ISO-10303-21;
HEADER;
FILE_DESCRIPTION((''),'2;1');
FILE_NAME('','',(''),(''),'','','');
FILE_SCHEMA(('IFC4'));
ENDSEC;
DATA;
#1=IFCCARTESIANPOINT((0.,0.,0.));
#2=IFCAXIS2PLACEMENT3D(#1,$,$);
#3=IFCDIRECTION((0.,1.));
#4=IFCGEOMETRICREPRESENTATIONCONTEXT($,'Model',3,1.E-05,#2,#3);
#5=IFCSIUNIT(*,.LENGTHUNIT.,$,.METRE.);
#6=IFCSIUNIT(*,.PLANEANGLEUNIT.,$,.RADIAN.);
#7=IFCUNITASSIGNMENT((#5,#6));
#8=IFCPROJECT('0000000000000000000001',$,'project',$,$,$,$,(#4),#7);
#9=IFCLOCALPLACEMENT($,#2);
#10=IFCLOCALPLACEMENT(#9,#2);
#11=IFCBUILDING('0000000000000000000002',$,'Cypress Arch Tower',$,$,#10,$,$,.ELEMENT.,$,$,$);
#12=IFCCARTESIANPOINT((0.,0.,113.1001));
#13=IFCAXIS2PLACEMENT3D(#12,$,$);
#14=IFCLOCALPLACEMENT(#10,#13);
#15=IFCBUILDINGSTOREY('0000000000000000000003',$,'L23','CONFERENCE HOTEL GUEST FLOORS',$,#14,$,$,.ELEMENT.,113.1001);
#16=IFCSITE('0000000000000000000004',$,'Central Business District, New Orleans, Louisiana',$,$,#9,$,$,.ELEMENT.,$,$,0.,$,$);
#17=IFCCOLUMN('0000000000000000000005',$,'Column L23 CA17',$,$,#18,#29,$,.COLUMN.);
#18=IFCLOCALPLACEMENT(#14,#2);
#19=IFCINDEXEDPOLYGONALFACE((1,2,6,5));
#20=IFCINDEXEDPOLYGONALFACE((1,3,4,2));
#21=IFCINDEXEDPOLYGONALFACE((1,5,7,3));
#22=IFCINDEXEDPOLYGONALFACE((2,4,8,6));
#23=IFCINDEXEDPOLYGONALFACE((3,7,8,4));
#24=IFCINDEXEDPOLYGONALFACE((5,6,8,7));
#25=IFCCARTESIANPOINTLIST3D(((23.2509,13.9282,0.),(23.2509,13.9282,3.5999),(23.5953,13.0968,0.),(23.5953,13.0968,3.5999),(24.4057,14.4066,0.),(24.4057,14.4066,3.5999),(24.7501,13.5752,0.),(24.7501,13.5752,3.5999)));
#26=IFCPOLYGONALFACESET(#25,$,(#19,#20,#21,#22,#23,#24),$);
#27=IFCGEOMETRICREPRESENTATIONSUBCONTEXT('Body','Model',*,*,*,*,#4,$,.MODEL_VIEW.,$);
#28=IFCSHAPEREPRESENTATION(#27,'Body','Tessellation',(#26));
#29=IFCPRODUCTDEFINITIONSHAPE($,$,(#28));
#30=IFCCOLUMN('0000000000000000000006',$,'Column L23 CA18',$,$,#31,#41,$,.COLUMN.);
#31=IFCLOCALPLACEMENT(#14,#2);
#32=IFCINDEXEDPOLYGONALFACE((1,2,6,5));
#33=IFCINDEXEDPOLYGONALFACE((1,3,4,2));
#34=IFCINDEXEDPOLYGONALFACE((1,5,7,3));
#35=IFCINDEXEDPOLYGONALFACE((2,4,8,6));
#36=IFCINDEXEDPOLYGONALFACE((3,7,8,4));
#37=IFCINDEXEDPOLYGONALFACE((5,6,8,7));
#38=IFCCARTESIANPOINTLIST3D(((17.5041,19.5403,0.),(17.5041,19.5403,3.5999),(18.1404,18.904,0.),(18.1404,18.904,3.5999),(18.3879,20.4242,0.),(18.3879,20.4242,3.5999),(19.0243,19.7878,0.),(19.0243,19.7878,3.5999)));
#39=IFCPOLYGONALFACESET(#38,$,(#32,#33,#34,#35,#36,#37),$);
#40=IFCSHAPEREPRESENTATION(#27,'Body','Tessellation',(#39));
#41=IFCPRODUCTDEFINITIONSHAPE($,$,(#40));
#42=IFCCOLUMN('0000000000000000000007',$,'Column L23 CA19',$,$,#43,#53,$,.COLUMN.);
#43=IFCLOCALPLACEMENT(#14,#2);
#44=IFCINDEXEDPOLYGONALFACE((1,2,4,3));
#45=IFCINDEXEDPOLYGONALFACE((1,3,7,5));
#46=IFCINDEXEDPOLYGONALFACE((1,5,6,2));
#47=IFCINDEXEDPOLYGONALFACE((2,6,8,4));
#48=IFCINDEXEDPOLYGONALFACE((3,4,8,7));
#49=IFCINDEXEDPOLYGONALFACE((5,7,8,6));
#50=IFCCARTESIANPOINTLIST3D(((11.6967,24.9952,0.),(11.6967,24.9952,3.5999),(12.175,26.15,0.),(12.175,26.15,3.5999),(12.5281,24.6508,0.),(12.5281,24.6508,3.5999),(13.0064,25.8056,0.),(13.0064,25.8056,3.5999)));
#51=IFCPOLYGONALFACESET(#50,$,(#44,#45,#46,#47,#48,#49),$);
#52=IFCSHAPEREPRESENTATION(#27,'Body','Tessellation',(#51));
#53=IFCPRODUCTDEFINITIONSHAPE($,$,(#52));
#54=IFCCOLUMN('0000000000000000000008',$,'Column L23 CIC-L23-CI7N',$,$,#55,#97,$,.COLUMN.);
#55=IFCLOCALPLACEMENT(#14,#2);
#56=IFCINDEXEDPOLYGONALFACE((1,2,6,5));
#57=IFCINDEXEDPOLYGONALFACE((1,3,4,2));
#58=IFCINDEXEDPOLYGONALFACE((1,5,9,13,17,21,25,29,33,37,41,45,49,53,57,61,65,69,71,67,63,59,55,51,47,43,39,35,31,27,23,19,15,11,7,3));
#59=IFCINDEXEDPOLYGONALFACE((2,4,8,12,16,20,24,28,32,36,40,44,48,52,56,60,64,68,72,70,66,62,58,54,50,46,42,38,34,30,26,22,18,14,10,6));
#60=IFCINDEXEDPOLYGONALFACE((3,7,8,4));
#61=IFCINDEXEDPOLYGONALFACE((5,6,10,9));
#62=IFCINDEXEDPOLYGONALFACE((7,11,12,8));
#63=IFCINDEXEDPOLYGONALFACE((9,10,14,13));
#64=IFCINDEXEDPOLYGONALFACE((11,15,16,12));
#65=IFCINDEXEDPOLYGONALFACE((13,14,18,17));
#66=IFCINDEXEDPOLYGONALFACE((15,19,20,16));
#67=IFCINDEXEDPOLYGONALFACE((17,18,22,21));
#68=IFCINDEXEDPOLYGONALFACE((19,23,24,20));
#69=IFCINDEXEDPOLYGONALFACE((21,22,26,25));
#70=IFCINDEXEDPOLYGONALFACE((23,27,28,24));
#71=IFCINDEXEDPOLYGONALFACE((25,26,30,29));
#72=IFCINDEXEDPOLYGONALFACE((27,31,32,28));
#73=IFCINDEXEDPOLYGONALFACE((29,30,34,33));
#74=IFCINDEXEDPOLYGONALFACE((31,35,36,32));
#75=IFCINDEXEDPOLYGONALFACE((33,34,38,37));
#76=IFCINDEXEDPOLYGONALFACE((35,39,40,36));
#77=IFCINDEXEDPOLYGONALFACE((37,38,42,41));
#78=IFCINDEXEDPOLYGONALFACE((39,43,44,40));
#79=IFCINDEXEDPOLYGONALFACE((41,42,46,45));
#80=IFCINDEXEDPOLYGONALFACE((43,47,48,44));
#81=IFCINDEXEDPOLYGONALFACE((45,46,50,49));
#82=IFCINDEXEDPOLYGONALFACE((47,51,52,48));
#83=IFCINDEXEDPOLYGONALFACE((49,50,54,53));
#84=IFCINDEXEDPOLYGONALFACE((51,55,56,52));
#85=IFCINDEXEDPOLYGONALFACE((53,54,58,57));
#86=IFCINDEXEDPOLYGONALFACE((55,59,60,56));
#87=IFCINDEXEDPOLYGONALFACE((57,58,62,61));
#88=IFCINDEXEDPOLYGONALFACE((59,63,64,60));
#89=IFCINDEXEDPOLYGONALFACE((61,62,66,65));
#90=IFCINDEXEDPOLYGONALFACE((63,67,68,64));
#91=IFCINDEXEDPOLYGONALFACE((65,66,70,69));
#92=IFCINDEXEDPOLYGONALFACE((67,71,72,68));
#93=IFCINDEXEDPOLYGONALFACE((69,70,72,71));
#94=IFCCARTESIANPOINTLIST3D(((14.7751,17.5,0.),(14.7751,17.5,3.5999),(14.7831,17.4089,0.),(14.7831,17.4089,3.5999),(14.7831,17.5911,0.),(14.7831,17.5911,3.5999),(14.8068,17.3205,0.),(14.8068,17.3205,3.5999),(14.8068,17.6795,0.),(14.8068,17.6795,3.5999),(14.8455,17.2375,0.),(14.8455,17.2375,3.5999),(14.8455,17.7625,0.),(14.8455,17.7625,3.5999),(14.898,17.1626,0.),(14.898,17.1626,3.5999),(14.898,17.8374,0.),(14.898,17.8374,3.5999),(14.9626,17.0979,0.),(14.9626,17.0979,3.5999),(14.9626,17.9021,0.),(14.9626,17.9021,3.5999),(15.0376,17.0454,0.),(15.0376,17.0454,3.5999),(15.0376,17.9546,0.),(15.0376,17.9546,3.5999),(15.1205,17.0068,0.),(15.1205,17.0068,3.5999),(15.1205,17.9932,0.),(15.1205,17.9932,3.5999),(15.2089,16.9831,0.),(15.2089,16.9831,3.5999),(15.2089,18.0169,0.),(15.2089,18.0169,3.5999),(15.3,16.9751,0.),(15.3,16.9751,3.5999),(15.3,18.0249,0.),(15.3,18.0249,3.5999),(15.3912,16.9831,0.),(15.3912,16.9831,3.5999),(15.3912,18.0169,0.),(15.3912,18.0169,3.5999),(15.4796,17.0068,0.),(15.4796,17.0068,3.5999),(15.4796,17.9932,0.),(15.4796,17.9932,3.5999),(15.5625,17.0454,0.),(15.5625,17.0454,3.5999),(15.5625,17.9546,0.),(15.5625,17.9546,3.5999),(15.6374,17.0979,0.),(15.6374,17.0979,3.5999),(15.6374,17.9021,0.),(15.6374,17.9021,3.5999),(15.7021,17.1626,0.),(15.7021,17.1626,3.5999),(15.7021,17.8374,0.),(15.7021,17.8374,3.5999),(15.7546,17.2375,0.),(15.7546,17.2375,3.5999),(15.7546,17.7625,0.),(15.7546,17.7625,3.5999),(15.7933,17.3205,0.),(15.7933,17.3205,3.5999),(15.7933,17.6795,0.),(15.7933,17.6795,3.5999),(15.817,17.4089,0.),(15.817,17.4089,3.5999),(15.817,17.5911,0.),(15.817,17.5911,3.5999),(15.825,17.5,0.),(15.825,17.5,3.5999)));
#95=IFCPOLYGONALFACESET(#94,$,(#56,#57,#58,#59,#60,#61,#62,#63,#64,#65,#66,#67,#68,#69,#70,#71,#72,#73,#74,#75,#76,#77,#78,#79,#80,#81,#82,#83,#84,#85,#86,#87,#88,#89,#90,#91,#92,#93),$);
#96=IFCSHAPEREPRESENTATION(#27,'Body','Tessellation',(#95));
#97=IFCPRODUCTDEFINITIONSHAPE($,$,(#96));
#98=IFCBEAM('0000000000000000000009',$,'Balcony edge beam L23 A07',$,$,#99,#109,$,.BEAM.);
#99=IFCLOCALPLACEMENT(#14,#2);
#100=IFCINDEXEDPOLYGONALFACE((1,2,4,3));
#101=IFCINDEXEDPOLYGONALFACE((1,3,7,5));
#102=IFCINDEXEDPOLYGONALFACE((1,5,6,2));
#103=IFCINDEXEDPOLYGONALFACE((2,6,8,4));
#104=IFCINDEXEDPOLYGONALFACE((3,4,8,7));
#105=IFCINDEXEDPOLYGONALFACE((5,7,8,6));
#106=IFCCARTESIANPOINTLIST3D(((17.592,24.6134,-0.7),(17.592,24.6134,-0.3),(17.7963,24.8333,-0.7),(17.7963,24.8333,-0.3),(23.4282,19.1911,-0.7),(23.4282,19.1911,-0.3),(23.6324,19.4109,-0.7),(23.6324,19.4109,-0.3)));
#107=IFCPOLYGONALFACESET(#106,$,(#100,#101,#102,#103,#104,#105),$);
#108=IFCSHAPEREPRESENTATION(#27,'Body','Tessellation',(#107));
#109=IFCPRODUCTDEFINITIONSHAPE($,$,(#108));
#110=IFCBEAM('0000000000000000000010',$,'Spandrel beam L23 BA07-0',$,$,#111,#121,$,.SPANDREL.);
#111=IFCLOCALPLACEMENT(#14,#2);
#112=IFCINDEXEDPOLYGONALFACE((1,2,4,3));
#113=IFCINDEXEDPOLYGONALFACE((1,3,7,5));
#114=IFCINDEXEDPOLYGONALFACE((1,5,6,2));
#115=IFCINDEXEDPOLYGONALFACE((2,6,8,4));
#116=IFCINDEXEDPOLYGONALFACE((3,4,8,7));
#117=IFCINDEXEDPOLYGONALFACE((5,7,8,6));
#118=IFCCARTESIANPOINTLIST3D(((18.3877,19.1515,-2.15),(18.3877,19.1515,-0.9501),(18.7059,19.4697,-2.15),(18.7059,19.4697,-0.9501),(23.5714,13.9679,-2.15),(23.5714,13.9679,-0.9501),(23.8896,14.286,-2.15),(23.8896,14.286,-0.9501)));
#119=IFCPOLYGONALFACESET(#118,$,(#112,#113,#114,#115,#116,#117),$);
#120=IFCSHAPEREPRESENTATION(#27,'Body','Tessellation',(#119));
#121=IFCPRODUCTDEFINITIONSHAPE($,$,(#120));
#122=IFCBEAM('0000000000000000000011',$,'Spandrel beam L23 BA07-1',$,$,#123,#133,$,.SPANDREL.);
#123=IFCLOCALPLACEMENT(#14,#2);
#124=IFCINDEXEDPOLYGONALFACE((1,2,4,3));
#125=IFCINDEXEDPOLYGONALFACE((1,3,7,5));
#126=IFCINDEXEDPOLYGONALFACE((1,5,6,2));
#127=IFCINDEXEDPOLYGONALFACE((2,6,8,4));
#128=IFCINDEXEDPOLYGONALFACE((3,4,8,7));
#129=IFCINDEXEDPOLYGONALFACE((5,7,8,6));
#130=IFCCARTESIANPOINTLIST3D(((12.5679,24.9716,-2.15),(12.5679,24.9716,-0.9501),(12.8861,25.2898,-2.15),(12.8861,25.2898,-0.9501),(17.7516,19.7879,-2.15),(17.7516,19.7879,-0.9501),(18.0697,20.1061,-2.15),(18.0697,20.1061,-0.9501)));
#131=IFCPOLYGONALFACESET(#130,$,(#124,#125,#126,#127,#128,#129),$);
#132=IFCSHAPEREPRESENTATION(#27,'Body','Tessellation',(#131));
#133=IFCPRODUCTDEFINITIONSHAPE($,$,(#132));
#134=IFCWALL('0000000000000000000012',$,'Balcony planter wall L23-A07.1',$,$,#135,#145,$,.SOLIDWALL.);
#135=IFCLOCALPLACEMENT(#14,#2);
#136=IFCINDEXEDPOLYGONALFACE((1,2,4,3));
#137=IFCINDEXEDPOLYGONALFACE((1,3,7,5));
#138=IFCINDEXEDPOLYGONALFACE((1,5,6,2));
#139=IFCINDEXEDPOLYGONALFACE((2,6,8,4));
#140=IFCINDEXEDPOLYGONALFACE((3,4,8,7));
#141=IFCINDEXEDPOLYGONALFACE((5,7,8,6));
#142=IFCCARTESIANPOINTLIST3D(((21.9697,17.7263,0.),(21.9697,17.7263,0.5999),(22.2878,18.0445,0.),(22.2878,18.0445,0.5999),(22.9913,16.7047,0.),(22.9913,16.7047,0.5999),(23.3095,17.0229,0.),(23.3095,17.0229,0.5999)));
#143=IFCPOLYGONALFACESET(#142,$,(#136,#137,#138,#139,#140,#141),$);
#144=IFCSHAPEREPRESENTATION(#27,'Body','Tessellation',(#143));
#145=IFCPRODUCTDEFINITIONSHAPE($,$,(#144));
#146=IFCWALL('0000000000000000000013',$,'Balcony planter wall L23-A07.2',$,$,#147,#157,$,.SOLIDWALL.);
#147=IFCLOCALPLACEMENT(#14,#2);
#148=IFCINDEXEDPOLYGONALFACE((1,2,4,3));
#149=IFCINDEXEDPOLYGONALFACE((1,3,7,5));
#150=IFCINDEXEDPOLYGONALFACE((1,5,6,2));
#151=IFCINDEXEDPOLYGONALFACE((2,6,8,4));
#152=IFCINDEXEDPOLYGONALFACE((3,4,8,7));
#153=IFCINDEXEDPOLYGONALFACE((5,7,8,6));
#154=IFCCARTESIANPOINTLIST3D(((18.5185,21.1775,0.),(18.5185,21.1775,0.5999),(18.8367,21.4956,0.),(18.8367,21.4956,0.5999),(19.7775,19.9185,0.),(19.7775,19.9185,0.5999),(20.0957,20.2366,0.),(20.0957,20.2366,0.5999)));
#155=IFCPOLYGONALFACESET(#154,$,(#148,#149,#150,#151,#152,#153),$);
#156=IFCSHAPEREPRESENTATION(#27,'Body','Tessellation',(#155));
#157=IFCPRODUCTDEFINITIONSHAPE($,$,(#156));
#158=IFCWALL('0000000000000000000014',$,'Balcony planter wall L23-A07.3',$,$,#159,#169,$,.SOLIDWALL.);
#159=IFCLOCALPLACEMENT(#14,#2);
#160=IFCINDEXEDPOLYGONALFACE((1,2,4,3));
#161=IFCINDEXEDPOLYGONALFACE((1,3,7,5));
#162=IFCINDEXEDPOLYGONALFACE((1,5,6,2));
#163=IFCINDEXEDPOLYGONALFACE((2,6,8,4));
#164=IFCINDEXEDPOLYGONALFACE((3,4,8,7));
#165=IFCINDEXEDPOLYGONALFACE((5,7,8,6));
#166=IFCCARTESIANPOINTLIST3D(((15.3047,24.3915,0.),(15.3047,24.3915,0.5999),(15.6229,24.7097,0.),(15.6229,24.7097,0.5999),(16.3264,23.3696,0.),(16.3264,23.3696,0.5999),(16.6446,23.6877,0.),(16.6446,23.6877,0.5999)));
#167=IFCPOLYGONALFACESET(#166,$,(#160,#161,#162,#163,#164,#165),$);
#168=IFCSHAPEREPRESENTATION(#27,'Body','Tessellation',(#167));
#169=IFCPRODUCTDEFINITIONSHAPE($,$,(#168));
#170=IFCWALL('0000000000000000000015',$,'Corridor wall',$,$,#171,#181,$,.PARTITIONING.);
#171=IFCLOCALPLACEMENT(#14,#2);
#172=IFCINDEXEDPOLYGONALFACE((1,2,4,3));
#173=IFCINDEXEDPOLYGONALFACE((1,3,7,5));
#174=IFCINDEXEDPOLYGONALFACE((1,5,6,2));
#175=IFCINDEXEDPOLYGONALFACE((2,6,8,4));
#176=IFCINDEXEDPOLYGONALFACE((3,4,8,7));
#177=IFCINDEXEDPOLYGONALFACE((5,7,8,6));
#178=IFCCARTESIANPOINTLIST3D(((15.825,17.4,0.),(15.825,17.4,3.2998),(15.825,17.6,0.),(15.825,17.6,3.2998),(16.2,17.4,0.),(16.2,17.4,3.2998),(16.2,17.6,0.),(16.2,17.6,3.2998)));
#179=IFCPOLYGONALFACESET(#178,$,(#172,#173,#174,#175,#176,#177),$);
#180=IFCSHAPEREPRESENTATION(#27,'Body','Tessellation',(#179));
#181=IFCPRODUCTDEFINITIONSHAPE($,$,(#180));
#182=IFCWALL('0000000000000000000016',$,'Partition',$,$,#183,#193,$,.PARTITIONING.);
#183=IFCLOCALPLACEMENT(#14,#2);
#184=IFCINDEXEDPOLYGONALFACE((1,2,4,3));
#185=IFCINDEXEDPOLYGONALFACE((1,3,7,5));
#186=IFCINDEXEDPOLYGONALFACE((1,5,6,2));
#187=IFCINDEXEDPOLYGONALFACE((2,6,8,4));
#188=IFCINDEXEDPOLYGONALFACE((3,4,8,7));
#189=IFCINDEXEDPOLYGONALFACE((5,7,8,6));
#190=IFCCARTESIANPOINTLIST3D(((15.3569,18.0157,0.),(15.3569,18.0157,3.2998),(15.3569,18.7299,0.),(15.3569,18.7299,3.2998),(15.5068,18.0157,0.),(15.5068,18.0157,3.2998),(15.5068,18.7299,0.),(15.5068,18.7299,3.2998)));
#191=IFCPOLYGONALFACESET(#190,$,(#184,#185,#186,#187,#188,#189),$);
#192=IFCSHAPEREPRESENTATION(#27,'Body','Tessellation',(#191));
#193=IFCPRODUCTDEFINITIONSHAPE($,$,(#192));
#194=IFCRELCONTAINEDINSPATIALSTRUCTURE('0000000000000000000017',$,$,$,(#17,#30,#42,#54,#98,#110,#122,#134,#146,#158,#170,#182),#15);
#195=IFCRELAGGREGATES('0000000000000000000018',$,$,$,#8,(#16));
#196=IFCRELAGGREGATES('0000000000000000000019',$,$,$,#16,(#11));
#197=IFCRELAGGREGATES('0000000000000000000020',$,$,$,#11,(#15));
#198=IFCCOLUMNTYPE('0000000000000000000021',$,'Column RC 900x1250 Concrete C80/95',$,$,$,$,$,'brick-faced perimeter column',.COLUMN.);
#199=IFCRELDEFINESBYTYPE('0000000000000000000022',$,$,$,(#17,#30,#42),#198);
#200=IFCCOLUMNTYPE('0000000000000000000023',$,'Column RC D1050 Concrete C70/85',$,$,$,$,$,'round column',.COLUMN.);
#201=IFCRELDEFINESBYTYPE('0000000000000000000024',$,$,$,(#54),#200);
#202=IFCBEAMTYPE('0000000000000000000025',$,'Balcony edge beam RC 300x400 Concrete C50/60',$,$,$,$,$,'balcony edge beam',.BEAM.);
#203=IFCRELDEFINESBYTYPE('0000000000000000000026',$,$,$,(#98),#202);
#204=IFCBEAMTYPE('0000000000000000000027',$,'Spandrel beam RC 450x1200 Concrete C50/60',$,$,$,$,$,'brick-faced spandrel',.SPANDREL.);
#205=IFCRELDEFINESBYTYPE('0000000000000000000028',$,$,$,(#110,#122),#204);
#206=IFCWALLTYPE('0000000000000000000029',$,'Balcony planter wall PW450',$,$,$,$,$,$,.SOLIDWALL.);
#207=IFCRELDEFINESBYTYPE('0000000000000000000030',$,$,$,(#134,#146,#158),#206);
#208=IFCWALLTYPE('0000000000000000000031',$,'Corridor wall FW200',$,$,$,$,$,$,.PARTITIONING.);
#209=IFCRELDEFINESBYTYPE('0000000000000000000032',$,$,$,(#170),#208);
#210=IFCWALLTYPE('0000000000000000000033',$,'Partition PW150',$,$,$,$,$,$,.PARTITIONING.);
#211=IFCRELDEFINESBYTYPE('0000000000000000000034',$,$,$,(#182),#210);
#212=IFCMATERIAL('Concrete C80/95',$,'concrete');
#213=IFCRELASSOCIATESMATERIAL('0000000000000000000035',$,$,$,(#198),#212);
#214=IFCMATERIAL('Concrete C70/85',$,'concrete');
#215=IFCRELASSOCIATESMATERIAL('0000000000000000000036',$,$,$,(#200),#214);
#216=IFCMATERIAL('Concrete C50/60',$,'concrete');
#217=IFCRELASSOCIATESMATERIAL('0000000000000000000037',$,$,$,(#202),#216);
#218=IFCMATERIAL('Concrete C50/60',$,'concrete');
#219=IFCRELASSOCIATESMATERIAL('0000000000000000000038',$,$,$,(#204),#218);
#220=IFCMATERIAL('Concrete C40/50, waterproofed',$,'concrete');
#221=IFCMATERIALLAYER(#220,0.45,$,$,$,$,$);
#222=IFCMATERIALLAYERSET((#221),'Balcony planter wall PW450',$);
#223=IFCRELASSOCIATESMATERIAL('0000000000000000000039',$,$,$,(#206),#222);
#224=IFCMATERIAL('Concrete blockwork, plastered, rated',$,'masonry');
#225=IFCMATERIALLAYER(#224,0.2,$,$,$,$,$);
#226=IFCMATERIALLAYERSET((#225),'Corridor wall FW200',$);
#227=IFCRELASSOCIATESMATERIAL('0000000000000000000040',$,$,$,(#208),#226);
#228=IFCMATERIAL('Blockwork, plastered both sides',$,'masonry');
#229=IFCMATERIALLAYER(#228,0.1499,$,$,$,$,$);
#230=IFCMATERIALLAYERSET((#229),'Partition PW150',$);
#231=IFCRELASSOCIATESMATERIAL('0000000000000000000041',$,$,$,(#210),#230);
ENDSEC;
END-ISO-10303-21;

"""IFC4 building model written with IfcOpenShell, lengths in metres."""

from ifc_helpers import new_model, si_unit, direction, frame, frame_2d, origin, origin_2d, place, context, subcontext, project, spatial, rectangle, circle, extrude, material, layer, layer_set, material_profile, profile_set, type_object, element, save


model = new_model("IFC4")

# Units and contexts
model_context = context("Model", 3, precision=1e-05, world=origin(), true_north=direction((0.0, 1.0)))
body_context = subcontext(model_context, "Body", "Model", "MODEL_VIEW")
ifc_project = project(units=[si_unit("LENGTHUNIT", "METRE"), si_unit("PLANEANGLEUNIT", "RADIAN")], contexts=[model_context])

# Site, building, storey
site_placement = place(None, origin())
site = spatial("IfcSite", under=ifc_project, at=site_placement, Name="Central Business District, New Orleans, Louisiana", CompositionType="ELEMENT", RefElevation=0.0)
building_placement = place(site_placement, origin())
building = spatial("IfcBuilding", under=site, at=building_placement, Name="Cypress Arch Tower", CompositionType="ELEMENT")
storey_placement = place(building_placement, frame((0.0, 0.0, 113.1001)))
storey = spatial("IfcBuildingStorey", under=building, at=storey_placement, Name="L23", Description="CONFERENCE HOTEL GUEST FLOORS", CompositionType="ELEMENT", Elevation=113.1001)

# Columns
ifc_material_1 = material(Name="Concrete C80/95", Category="concrete")
ifc_material_profile_1 = material_profile(ifc_material_1, rectangle(XDim=0.8999, YDim=1.25, at=origin_2d()), Name="RC 900x1250")
ifc_profile_set_1 = profile_set([ifc_material_profile_1], Name="Concrete C80/95")
column_type_1 = type_object("IfcColumnType", Name="Column RC 900x1250 Concrete C80/95", ElementType="brick-faced perimeter column", PredefinedType="COLUMN", material=ifc_profile_set_1)
for number, where, z_axis, x_axis, name in (
    (1, (24.0005, 13.7517, 0.0), (0.0, 0.0, 1.0), (-0.382683, 0.92388, 0.0), "Column L23 CA17"),
    (2, (18.2642, 19.6641, 0.0), (0.0, 0.0, 1.0), (-0.707107, 0.707107, 0.0), "Column L23 CA18"),
    (3, (12.3516, 25.4004, 0.0), (0.0, 0.0, 1.0), (-0.92388, 0.382683, 0.0), "Column L23 CA19"),
):
    element("IfcColumn", number, at=place(storey_placement, frame(where, z_axis=z_axis, x_axis=x_axis)), inside=storey, type_object=column_type_1, Name=name, PredefinedType="COLUMN", context=body_context, shape_type="SweptSolid", body=[
        extrude(rectangle(XDim=0.8999, YDim=1.25, at=origin_2d()), origin(), (0.0, 0.0, 1.0), 3.5999),
    ])
ifc_material_2 = material(Name="Concrete C70/85", Category="concrete")
ifc_material_profile_2 = material_profile(ifc_material_2, circle(Radius=0.5249, at=origin_2d()), Name="RC D1050")
ifc_profile_set_2 = profile_set([ifc_material_profile_2], Name="Concrete C70/85")
column_type_2 = type_object("IfcColumnType", Name="Column RC D1050 Concrete C70/85", ElementType="round column", PredefinedType="COLUMN", material=ifc_profile_set_2)
column_placement = place(storey_placement, frame((15.3, 17.5, 0.0), z_axis=(0.0, 0.0, 1.0), x_axis=(1.0, 0.0, 0.0)))
element("IfcColumn", 4, at=column_placement, inside=storey, type_object=column_type_2, Name="Column L23 CIC-L23-CI7N", PredefinedType="COLUMN", context=body_context, shape_type="SweptSolid", body=[
    extrude(circle(Radius=0.5249, at=origin_2d()), origin(), (0.0, 0.0, 1.0), 3.5999),
])

# Beams
ifc_material_3 = material(Name="Concrete C50/60", Category="concrete")
ifc_material_profile_3 = material_profile(ifc_material_3, rectangle(XDim=0.3, YDim=0.3999, at=origin_2d()), Name="RC 300x400")
ifc_profile_set_3 = profile_set([ifc_material_profile_3], Name="Concrete C50/60")
beam_type_1 = type_object("IfcBeamType", Name="Balcony edge beam RC 300x400 Concrete C50/60", ElementType="balcony edge beam", PredefinedType="BEAM", material=ifc_profile_set_3)
beam_placement = place(storey_placement, frame((23.5303, 19.301, -0.5), z_axis=(-0.732602, 0.680657, 0.0), x_axis=(-0.680657, -0.732602, 0.0)))
element("IfcBeam", 5, at=beam_placement, inside=storey, type_object=beam_type_1, Name="Balcony edge beam L23 A07", PredefinedType="BEAM", context=body_context, shape_type="SweptSolid", body=[
    extrude(rectangle(XDim=0.3, YDim=0.3999, at=origin_2d()), origin(), (0.0, 0.0, 1.0), 7.9663),
])
ifc_material_4 = material(Name="Concrete C50/60", Category="concrete")
ifc_material_profile_4 = material_profile(ifc_material_4, rectangle(XDim=0.45, YDim=1.2, at=origin_2d()), Name="RC 450x1200")
ifc_profile_set_4 = profile_set([ifc_material_profile_4], Name="Concrete C50/60")
beam_type_2 = type_object("IfcBeamType", Name="Spandrel beam RC 450x1200 Concrete C50/60", ElementType="brick-faced spandrel", PredefinedType="SPANDREL", material=ifc_profile_set_4)
for number, where, z_axis, x_axis, name in (
    (6, (23.7305, 14.127, -1.55), (-0.707107, 0.707107, 0.0), (-0.707107, -0.707107, 0.0), "Spandrel beam L23 BA07-0"),
    (7, (17.9106, 19.947, -1.55), (-0.707107, 0.707107, 0.0), (-0.707107, -0.707107, 0.0), "Spandrel beam L23 BA07-1"),
):
    element("IfcBeam", number, at=place(storey_placement, frame(where, z_axis=z_axis, x_axis=x_axis)), inside=storey, type_object=beam_type_2, Name=name, PredefinedType="SPANDREL", context=body_context, shape_type="SweptSolid", body=[
        extrude(rectangle(XDim=0.45, YDim=1.2, at=origin_2d()), origin(), (0.0, 0.0, 1.0), 7.3308),
    ])

# Walls
ifc_material_5 = material(Name="Concrete C40/50, waterproofed", Category="concrete")
ifc_layer_1 = layer(ifc_material_5, 0.45)
ifc_layer_set_1 = layer_set([ifc_layer_1], Name="Balcony planter wall PW450")
wall_type_1 = type_object("IfcWallType", Name="Balcony planter wall PW450", PredefinedType="SOLIDWALL", material=ifc_layer_set_1)
wall_1_placement = place(storey_placement, frame((23.1504, 16.8638, 0.0), z_axis=(0.0, 0.0, 1.0), x_axis=(-0.707107, 0.707107, 0.0)))
element("IfcWall", 8, at=wall_1_placement, inside=storey, type_object=wall_type_1, Name="Balcony planter wall L23-A07.1", PredefinedType="SOLIDWALL", context=body_context, shape_type="SweptSolid", body=[
    extrude(rectangle(XDim=1.4448, YDim=0.45, at=frame_2d((0.7224, 0.0))), origin(), (0.0, 0.0, 1.0), 0.5999),
])
wall_2_placement = place(storey_placement, frame((19.9365, 20.0776, 0.0), z_axis=(0.0, 0.0, 1.0), x_axis=(-0.707107, 0.707107, 0.0)))
element("IfcWall", 9, at=wall_2_placement, inside=storey, type_object=wall_type_1, Name="Balcony planter wall L23-A07.2", PredefinedType="SOLIDWALL", context=body_context, shape_type="SweptSolid", body=[
    extrude(rectangle(XDim=1.7805, YDim=0.45, at=frame_2d((0.8901, 0.0))), origin(), (0.0, 0.0, 1.0), 0.5999),
])
wall_3_placement = place(storey_placement, frame((16.4856, 23.5286, 0.0), z_axis=(0.0, 0.0, 1.0), x_axis=(-0.707022, 0.707191, 0.0)))
element("IfcWall", 10, at=wall_3_placement, inside=storey, type_object=wall_type_1, Name="Balcony planter wall L23-A07.3", PredefinedType="SOLIDWALL", context=body_context, shape_type="SweptSolid", body=[
    extrude(rectangle(XDim=1.4451, YDim=0.45, at=frame_2d((0.7227, 0.0))), origin(), (0.0, 0.0, 1.0), 0.5999),
])

# Walls
ifc_material_6 = material(Name="Concrete blockwork, plastered, rated", Category="masonry")
ifc_layer_2 = layer(ifc_material_6, 0.2)
ifc_layer_set_2 = layer_set([ifc_layer_2], Name="Corridor wall FW200")
wall_type_2 = type_object("IfcWallType", Name="Corridor wall FW200", PredefinedType="PARTITIONING", material=ifc_layer_set_2)
wall_4_placement = place(storey_placement, frame((15.825, 17.5, 0.0), z_axis=(0.0, 0.0, 1.0), x_axis=(1.0, 0.0, 0.0)))
element("IfcWall", 11, at=wall_4_placement, inside=storey, type_object=wall_type_2, Name="Corridor wall", PredefinedType="PARTITIONING", context=body_context, shape_type="SweptSolid", body=[
    extrude(rectangle(XDim=0.375, YDim=0.2, at=frame_2d((0.1875, 0.0))), origin(), (0.0, 0.0, 1.0), 3.2998),
])
ifc_material_7 = material(Name="Blockwork, plastered both sides", Category="masonry")
ifc_layer_3 = layer(ifc_material_7, 0.1499)
ifc_layer_set_3 = layer_set([ifc_layer_3], Name="Partition PW150")
wall_type_3 = type_object("IfcWallType", Name="Partition PW150", PredefinedType="PARTITIONING", material=ifc_layer_set_3)
wall_5_placement = place(storey_placement, frame((15.4319, 18.0159, 0.0), z_axis=(0.0, 0.0, 1.0), x_axis=(0.0, 1.0, 0.0)))
element("IfcWall", 12, at=wall_5_placement, inside=storey, type_object=wall_type_3, Name="Partition", PredefinedType="PARTITIONING", context=body_context, shape_type="SweptSolid", body=[
    extrude(rectangle(XDim=0.7141, YDim=0.1499, at=frame_2d((0.3569, 0.0))), origin(), (0.0, 0.0, 1.0), 3.2998),
])

save(model, "model.ifc")
